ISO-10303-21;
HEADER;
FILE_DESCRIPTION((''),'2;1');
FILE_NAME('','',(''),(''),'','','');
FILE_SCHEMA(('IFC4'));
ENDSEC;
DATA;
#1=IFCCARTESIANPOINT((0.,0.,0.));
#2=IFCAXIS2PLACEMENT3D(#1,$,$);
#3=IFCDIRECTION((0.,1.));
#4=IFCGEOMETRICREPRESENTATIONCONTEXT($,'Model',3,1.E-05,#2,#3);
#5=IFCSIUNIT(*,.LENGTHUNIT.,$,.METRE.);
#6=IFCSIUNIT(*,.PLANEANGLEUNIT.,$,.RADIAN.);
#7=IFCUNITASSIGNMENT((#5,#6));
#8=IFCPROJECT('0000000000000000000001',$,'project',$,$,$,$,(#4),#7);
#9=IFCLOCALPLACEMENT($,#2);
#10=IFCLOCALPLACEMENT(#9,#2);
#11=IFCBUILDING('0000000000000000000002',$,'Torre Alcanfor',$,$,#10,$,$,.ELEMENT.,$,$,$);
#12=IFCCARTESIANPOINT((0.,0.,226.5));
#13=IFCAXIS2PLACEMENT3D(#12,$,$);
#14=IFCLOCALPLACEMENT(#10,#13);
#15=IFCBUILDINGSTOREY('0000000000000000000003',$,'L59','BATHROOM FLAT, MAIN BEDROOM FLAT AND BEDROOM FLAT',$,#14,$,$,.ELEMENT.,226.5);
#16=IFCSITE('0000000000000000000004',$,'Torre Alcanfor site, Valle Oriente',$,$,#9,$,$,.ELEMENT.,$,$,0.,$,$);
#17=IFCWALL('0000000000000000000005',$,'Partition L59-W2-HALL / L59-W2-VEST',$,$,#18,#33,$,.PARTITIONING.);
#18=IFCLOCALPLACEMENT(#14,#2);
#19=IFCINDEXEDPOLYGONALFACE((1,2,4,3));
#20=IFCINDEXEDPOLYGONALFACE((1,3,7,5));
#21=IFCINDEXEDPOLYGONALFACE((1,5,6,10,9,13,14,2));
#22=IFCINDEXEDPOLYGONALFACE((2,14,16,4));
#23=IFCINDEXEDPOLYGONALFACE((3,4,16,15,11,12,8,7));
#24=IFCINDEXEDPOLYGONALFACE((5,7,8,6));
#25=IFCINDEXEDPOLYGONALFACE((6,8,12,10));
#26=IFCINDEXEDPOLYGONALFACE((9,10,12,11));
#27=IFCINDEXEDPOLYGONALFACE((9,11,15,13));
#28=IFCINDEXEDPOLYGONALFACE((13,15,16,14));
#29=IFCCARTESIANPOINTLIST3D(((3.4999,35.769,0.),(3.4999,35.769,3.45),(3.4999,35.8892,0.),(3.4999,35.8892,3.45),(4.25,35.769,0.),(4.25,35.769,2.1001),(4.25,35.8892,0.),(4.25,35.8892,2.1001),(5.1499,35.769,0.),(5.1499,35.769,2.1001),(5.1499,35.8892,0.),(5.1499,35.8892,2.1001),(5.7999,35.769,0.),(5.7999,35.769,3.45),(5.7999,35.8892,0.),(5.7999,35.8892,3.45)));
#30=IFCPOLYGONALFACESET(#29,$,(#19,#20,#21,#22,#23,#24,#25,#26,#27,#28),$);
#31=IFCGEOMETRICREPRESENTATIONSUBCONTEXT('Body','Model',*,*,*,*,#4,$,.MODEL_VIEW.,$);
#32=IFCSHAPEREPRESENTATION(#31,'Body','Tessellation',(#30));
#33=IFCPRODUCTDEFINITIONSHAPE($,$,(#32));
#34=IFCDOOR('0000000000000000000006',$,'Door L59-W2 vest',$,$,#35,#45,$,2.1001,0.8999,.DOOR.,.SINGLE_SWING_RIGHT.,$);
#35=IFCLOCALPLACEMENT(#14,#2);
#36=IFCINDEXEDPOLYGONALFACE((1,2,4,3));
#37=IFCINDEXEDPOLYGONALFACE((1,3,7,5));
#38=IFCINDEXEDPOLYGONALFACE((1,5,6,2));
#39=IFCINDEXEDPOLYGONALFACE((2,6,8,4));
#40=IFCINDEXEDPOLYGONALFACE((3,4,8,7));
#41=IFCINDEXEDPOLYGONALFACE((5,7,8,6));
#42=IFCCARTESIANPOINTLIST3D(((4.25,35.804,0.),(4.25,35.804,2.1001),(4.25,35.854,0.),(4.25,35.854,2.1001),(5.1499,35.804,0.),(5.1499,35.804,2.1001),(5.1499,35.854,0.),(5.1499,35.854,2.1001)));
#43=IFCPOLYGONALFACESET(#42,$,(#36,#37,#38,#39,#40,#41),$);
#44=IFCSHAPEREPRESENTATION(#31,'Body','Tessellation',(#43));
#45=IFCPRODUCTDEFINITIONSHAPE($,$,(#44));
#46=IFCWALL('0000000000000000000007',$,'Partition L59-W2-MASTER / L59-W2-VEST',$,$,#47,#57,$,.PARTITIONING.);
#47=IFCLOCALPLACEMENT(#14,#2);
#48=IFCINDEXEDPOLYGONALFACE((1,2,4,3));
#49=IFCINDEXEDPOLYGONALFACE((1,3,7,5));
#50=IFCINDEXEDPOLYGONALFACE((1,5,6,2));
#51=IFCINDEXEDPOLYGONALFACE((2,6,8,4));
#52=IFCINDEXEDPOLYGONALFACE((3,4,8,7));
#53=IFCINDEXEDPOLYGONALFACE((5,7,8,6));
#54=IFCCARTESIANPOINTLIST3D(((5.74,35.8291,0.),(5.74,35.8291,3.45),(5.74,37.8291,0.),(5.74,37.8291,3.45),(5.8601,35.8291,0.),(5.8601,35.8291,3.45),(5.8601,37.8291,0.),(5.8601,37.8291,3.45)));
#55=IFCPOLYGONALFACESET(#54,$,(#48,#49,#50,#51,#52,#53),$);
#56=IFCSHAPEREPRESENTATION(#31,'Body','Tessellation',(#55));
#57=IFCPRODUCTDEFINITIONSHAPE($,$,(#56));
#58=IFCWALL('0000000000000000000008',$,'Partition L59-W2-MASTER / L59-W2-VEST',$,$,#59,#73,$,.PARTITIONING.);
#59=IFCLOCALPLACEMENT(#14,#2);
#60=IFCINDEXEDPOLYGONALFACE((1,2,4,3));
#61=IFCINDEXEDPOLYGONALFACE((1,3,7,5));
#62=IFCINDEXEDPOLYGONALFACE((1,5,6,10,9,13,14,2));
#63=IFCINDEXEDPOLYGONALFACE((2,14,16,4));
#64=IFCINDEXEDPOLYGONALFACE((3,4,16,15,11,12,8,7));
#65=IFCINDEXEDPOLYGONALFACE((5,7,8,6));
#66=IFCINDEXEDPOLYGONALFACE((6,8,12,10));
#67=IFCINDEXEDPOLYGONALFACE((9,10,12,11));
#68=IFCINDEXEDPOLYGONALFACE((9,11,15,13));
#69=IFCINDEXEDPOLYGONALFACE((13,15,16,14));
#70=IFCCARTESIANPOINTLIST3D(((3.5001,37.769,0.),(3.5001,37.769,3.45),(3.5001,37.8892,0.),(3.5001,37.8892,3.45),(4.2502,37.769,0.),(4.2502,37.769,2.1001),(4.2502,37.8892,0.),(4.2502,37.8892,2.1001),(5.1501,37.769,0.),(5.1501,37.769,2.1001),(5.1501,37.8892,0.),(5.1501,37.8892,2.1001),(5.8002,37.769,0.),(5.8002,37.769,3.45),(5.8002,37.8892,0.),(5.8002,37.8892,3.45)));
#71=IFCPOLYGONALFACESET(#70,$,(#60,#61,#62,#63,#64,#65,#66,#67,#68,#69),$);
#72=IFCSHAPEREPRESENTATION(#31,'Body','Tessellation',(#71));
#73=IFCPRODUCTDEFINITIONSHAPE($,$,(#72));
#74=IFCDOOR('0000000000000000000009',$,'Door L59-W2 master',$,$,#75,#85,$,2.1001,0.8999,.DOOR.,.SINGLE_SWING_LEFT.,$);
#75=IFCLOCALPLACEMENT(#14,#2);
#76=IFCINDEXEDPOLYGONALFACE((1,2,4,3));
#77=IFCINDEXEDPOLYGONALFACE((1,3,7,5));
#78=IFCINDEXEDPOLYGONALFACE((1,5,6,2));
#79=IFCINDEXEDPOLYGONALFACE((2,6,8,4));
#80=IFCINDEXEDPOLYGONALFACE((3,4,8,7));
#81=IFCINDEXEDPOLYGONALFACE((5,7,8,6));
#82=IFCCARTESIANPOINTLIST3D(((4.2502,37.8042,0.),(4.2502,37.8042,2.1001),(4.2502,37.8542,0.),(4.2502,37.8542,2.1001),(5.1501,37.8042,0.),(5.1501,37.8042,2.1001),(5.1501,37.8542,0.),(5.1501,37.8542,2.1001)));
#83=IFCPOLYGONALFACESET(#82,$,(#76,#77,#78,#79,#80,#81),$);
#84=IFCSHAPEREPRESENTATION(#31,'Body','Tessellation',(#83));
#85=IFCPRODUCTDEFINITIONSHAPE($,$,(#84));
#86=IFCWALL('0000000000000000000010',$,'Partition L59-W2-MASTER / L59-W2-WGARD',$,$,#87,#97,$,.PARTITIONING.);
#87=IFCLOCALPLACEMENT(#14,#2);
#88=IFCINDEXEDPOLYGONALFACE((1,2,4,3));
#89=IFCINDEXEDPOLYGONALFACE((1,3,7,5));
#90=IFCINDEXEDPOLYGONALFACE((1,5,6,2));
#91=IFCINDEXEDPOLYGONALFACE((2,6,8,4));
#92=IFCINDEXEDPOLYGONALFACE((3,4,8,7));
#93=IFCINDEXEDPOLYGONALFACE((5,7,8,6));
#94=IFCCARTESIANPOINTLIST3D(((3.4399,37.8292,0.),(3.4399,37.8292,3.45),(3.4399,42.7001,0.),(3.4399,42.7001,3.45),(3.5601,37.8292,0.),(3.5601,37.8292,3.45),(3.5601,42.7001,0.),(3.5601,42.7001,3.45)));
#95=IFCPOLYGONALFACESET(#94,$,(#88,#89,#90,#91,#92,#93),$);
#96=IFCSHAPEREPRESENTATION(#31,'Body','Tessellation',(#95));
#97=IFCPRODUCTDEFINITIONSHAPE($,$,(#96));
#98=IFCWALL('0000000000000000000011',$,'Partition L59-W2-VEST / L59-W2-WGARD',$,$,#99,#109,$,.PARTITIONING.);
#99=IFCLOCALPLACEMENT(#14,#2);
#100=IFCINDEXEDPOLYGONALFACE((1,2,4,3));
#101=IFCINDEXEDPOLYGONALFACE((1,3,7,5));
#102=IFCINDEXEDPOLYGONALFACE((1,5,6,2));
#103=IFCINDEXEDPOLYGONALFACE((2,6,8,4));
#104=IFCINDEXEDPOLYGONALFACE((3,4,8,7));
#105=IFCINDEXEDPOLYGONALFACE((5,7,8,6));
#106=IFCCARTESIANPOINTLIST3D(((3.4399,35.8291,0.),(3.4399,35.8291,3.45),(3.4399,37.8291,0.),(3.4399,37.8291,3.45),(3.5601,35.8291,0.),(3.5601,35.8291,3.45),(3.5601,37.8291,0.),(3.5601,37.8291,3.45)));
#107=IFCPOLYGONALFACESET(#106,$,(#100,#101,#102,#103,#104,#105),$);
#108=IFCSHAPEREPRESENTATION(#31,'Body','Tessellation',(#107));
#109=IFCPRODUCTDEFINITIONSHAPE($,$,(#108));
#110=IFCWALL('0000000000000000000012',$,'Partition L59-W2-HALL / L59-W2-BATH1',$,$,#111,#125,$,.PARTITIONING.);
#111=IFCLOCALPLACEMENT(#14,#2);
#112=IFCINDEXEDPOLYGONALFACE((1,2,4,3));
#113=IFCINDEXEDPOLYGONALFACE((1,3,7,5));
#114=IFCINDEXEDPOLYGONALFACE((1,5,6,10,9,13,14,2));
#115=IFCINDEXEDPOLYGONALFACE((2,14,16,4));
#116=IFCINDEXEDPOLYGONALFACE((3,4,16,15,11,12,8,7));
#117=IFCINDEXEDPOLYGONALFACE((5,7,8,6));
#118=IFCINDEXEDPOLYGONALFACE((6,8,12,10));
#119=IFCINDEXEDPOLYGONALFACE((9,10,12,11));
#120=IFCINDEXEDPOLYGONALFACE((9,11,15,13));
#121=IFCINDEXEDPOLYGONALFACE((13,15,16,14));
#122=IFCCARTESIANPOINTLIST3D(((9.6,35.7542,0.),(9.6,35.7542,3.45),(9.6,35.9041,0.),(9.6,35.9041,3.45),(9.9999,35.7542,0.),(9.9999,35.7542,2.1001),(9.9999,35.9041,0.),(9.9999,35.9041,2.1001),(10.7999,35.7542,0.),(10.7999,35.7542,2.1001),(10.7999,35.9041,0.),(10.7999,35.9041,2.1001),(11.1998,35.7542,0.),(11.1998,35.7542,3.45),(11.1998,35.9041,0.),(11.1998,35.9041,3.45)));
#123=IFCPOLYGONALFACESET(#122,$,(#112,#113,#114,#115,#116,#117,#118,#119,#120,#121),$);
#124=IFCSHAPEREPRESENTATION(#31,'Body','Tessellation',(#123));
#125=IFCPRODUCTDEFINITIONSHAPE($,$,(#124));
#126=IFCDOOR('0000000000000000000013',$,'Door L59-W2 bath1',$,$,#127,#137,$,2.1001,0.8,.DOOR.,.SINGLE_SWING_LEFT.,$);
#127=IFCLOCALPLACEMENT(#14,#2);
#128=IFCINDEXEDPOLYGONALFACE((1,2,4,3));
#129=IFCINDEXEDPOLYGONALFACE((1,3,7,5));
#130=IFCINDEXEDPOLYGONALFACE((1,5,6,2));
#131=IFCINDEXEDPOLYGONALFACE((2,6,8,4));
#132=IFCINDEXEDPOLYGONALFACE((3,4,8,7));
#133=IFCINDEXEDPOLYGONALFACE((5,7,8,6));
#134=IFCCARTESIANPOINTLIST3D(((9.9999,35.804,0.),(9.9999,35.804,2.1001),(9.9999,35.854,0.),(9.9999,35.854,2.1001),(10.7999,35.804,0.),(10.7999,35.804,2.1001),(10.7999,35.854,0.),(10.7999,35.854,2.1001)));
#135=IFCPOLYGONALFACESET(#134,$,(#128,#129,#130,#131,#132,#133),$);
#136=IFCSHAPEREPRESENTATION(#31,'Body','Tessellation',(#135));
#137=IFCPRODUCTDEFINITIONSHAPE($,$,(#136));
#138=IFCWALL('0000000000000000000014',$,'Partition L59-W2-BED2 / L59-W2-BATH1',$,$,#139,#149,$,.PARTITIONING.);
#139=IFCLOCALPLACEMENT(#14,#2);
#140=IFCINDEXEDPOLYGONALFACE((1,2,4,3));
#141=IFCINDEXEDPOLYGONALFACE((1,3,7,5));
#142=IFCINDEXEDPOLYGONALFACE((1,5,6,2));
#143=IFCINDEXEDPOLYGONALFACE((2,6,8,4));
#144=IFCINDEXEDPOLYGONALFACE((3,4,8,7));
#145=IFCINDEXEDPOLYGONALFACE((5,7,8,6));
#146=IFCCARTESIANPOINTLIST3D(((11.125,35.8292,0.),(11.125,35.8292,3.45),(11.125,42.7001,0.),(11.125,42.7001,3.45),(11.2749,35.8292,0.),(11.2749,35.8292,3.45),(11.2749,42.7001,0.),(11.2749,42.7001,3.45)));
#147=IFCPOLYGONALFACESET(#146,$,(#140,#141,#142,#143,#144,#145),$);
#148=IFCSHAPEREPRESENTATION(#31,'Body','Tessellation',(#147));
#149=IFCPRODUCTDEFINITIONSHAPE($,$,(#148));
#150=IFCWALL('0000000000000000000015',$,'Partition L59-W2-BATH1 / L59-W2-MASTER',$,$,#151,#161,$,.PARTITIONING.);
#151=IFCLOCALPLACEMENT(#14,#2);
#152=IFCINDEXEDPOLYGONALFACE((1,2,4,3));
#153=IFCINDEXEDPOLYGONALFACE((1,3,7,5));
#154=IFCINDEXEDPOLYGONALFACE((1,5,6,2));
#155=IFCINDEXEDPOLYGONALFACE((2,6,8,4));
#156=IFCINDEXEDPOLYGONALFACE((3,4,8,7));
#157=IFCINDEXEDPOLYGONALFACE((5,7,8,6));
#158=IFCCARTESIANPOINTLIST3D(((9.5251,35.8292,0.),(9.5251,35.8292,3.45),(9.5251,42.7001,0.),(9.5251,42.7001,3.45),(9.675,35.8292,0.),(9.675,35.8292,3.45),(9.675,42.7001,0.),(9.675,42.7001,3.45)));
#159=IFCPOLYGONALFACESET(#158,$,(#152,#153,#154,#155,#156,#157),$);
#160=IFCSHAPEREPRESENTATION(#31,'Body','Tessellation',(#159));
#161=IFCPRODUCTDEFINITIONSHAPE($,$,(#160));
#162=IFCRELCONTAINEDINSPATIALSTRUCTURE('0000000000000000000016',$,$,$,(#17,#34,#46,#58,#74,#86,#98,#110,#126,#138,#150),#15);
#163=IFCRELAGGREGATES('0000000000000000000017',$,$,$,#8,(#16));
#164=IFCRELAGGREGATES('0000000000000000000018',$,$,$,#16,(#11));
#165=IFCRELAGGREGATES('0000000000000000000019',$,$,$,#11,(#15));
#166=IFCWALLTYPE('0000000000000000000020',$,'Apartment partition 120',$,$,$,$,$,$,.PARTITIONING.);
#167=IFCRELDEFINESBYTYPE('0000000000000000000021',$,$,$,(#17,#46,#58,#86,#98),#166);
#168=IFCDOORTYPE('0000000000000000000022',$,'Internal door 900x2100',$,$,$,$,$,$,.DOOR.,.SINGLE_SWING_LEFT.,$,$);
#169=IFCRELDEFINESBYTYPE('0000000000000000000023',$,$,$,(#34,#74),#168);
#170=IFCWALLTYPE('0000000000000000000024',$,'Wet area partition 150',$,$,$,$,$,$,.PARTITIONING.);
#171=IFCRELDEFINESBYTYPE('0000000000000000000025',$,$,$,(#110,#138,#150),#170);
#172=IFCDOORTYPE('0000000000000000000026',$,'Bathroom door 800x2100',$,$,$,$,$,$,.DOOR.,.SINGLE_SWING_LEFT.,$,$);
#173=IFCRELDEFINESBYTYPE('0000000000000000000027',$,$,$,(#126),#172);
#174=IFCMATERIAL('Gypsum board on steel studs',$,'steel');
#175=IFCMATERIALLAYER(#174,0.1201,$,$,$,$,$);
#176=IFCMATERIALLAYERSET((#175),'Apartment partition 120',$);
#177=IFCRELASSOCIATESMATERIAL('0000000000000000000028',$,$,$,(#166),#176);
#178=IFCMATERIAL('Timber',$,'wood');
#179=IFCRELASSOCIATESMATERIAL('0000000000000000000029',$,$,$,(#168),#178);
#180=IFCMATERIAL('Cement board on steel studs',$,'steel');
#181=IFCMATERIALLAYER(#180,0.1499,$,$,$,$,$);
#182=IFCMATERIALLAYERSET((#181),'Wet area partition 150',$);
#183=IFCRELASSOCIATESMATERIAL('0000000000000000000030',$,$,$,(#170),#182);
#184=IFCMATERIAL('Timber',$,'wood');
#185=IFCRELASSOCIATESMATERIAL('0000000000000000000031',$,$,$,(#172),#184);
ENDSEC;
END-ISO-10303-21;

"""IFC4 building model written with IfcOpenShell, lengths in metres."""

from ifc_helpers import new_model, si_unit, direction, frame, frame_2d, origin, place, context, subcontext, project, spatial, rectangle, extrude, material, layer, layer_set, type_object, element, fill, save


model = new_model("IFC4")

# Units and contexts
model_context = context("Model", 3, precision=1e-05, world=origin(), true_north=direction((0.0, 1.0)))
body_context = subcontext(model_context, "Body", "Model", "MODEL_VIEW")
ifc_project = project(units=[si_unit("LENGTHUNIT", "METRE"), si_unit("PLANEANGLEUNIT", "RADIAN")], contexts=[model_context])

# Site, building, storey
site_placement = place(None, origin())
site = spatial("IfcSite", under=ifc_project, at=site_placement, Name="Torre Alcanfor site, Valle Oriente", CompositionType="ELEMENT", RefElevation=0.0)
building_placement = place(site_placement, origin())
building = spatial("IfcBuilding", under=site, at=building_placement, Name="Torre Alcanfor", CompositionType="ELEMENT")
storey_placement = place(building_placement, frame((0.0, 0.0, 226.5)))
storey = spatial("IfcBuildingStorey", under=building, at=storey_placement, Name="L59", Description="BATHROOM FLAT, MAIN BEDROOM FLAT AND BEDROOM FLAT", CompositionType="ELEMENT", Elevation=226.5)

# Wall, opening, door
ifc_material_1 = material(Name="Gypsum board on steel studs", Category="steel")
ifc_layer_1 = layer(ifc_material_1, 0.1201)
ifc_layer_set_1 = layer_set([ifc_layer_1], Name="Apartment partition 120")
wall_type_1 = type_object("IfcWallType", Name="Apartment partition 120", PredefinedType="PARTITIONING", material=ifc_layer_set_1)
ifc_material_2 = material(Name="Timber", Category="wood")
door_type_1 = type_object("IfcDoorType", Name="Internal door 900x2100", OperationType="SINGLE_SWING_LEFT", PredefinedType="DOOR", material=ifc_material_2)
wall_1_placement = place(storey_placement, frame((3.5, 35.8291, 0.0), z_axis=(0.0, 0.0, 1.0), x_axis=(1.0, 0.0, 0.0)))
wall_1 = element("IfcWall", 1, at=wall_1_placement, inside=storey, type_object=wall_type_1, Name="Partition L59-W2-HALL / L59-W2-VEST", PredefinedType="PARTITIONING", context=body_context, shape_type="SweptSolid", body=[
    extrude(rectangle(XDim=2.3, YDim=0.1201, at=frame_2d((1.1499, 0.0))), origin(), (0.0, 0.0, 1.0), 3.45),
])
opening_1_placement = place(wall_1_placement, frame((0.75, 0.0, 0.0)))
opening_1 = element("IfcOpeningElement", 2, at=opening_1_placement, cuts=wall_1, PredefinedType="OPENING", context=body_context, shape_type="SweptSolid", body=[
    extrude(rectangle(XDim=0.8999, YDim=2.1001, at=frame_2d((0.45, 1.05))), frame((0.0, 0.0701, 0.0), z_axis=(0.0, -1.0, 0.0), x_axis=(1.0, 0.0, 0.0)), (0.0, 0.0, 1.0), 0.1401),
])
door_1_placement = place(opening_1_placement, origin())
door_1 = element("IfcDoor", 3, at=door_1_placement, inside=storey, type_object=door_type_1, Name="Door L59-W2 vest", OperationType="SINGLE_SWING_RIGHT", OverallHeight=2.1001, OverallWidth=0.8999, PredefinedType="DOOR", context=body_context, shape_type="SweptSolid", body=[
    extrude(rectangle(XDim=0.8999, YDim=2.1001, at=frame_2d((0.45, 1.05))), frame((0.0, 0.0249, 0.0), z_axis=(0.0, -1.0, 0.0), x_axis=(1.0, 0.0, 0.0)), (0.0, 0.0, 1.0), 0.05),
])
fill(opening_1, door_1)

# Wall
wall_2_placement = place(storey_placement, frame((5.8, 35.8291, 0.0), z_axis=(0.0, 0.0, 1.0), x_axis=(0.0, 1.0, 0.0)))
element("IfcWall", 4, at=wall_2_placement, inside=storey, type_object=wall_type_1, Name="Partition L59-W2-MASTER / L59-W2-VEST", PredefinedType="PARTITIONING", context=body_context, shape_type="SweptSolid", body=[
    extrude(rectangle(XDim=2.0, YDim=0.1201, at=frame_2d((1.0, 0.0))), origin(), (0.0, 0.0, 1.0), 3.45),
])

# Wall, opening, door
wall_3_placement = place(storey_placement, frame((5.8, 37.8291, 0.0), z_axis=(0.0, 0.0, 1.0), x_axis=(-1.0, 0.0, 0.0)))
wall_3 = element("IfcWall", 5, at=wall_3_placement, inside=storey, type_object=wall_type_1, Name="Partition L59-W2-MASTER / L59-W2-VEST", PredefinedType="PARTITIONING", context=body_context, shape_type="SweptSolid", body=[
    extrude(rectangle(XDim=2.3, YDim=0.1201, at=frame_2d((1.1499, 0.0))), origin(), (0.0, 0.0, 1.0), 3.45),
])
opening_2_placement = place(wall_3_placement, frame((0.6499, 0.0, 0.0)))
opening_2 = element("IfcOpeningElement", 6, at=opening_2_placement, cuts=wall_3, PredefinedType="OPENING", context=body_context, shape_type="SweptSolid", body=[
    extrude(rectangle(XDim=0.8999, YDim=2.1001, at=frame_2d((0.45, 1.05))), frame((0.0, 0.0701, 0.0), z_axis=(0.0, -1.0, 0.0), x_axis=(1.0, 0.0, 0.0)), (0.0, 0.0, 1.0), 0.1401),
])
door_2_placement = place(opening_2_placement, origin())
door_2 = element("IfcDoor", 7, at=door_2_placement, inside=storey, type_object=door_type_1, Name="Door L59-W2 master", OperationType="SINGLE_SWING_LEFT", OverallHeight=2.1001, OverallWidth=0.8999, PredefinedType="DOOR", context=body_context, shape_type="SweptSolid", body=[
    extrude(rectangle(XDim=0.8999, YDim=2.1001, at=frame_2d((0.45, 1.05))), frame((0.0, 0.0249, 0.0), z_axis=(0.0, -1.0, 0.0), x_axis=(1.0, 0.0, 0.0)), (0.0, 0.0, 1.0), 0.05),
])
fill(opening_2, door_2)

# Walls
wall_4_placement = place(storey_placement, frame((3.5, 37.8291, 0.0), z_axis=(0.0, 0.0, 1.0), x_axis=(0.0, 1.0, 0.0)))
element("IfcWall", 8, at=wall_4_placement, inside=storey, type_object=wall_type_1, Name="Partition L59-W2-MASTER / L59-W2-WGARD", PredefinedType="PARTITIONING", context=body_context, shape_type="SweptSolid", body=[
    extrude(rectangle(XDim=4.8708, YDim=0.1201, at=frame_2d((2.4355, 0.0))), origin(), (0.0, 0.0, 1.0), 3.45),
])
wall_5_placement = place(storey_placement, frame((3.5, 35.8291, 0.0), z_axis=(0.0, 0.0, 1.0), x_axis=(0.0, 1.0, 0.0)))
element("IfcWall", 9, at=wall_5_placement, inside=storey, type_object=wall_type_1, Name="Partition L59-W2-VEST / L59-W2-WGARD", PredefinedType="PARTITIONING", context=body_context, shape_type="SweptSolid", body=[
    extrude(rectangle(XDim=2.0, YDim=0.1201, at=frame_2d((1.0, 0.0))), origin(), (0.0, 0.0, 1.0), 3.45),
])

# Wall, opening, door
ifc_material_3 = material(Name="Cement board on steel studs", Category="steel")
ifc_layer_2 = layer(ifc_material_3, 0.1499)
ifc_layer_set_2 = layer_set([ifc_layer_2], Name="Wet area partition 150")
wall_type_2 = type_object("IfcWallType", Name="Wet area partition 150", PredefinedType="PARTITIONING", material=ifc_layer_set_2)
wall_6_placement = place(storey_placement, frame((9.6001, 35.8291, 0.0), z_axis=(0.0, 0.0, 1.0), x_axis=(1.0, 0.0, 0.0)))
wall_6 = element("IfcWall", 10, at=wall_6_placement, inside=storey, type_object=wall_type_2, Name="Partition L59-W2-HALL / L59-W2-BATH1", PredefinedType="PARTITIONING", context=body_context, shape_type="SweptSolid", body=[
    extrude(rectangle(XDim=1.5999, YDim=0.1499, at=frame_2d((0.7998, 0.0))), origin(), (0.0, 0.0, 1.0), 3.45),
])
opening_3_placement = place(wall_6_placement, frame((0.3999, 0.0, 0.0)))
opening_3 = element("IfcOpeningElement", 11, at=opening_3_placement, cuts=wall_6, PredefinedType="OPENING", context=body_context, shape_type="SweptSolid", body=[
    extrude(rectangle(XDim=0.8, YDim=2.1001, at=frame_2d((0.3999, 1.05))), frame((0.0, 0.085, 0.0), z_axis=(0.0, -1.0, 0.0), x_axis=(1.0, 0.0, 0.0)), (0.0, 0.0, 1.0), 0.1699),
])
ifc_material_4 = material(Name="Timber", Category="wood")
door_type_2 = type_object("IfcDoorType", Name="Bathroom door 800x2100", OperationType="SINGLE_SWING_LEFT", PredefinedType="DOOR", material=ifc_material_4)
door_3_placement = place(opening_3_placement, origin())
door_3 = element("IfcDoor", 12, at=door_3_placement, inside=storey, type_object=door_type_2, Name="Door L59-W2 bath1", OperationType="SINGLE_SWING_LEFT", OverallHeight=2.1001, OverallWidth=0.8, PredefinedType="DOOR", context=body_context, shape_type="SweptSolid", body=[
    extrude(rectangle(XDim=0.8, YDim=2.1001, at=frame_2d((0.3999, 1.05))), frame((0.0, 0.0249, 0.0), z_axis=(0.0, -1.0, 0.0), x_axis=(1.0, 0.0, 0.0)), (0.0, 0.0, 1.0), 0.05),
])
fill(opening_3, door_3)

# Walls
for number, where, z_axis, x_axis, name in (
    (13, (11.2, 35.8291, 0.0), (0.0, 0.0, 1.0), (0.0, 1.0, 0.0), "Partition L59-W2-BED2 / L59-W2-BATH1"),
    (14, (9.6001, 35.8291, 0.0), (0.0, 0.0, 1.0), (0.0, 1.0, 0.0), "Partition L59-W2-BATH1 / L59-W2-MASTER"),
):
    element("IfcWall", number, at=place(storey_placement, frame(where, z_axis=z_axis, x_axis=x_axis)), inside=storey, type_object=wall_type_2, Name=name, PredefinedType="PARTITIONING", context=body_context, shape_type="SweptSolid", body=[
        extrude(rectangle(XDim=6.8708, YDim=0.1499, at=frame_2d((3.4355, 0.0))), origin(), (0.0, 0.0, 1.0), 3.45),
    ])

save(model, "model.ifc")
